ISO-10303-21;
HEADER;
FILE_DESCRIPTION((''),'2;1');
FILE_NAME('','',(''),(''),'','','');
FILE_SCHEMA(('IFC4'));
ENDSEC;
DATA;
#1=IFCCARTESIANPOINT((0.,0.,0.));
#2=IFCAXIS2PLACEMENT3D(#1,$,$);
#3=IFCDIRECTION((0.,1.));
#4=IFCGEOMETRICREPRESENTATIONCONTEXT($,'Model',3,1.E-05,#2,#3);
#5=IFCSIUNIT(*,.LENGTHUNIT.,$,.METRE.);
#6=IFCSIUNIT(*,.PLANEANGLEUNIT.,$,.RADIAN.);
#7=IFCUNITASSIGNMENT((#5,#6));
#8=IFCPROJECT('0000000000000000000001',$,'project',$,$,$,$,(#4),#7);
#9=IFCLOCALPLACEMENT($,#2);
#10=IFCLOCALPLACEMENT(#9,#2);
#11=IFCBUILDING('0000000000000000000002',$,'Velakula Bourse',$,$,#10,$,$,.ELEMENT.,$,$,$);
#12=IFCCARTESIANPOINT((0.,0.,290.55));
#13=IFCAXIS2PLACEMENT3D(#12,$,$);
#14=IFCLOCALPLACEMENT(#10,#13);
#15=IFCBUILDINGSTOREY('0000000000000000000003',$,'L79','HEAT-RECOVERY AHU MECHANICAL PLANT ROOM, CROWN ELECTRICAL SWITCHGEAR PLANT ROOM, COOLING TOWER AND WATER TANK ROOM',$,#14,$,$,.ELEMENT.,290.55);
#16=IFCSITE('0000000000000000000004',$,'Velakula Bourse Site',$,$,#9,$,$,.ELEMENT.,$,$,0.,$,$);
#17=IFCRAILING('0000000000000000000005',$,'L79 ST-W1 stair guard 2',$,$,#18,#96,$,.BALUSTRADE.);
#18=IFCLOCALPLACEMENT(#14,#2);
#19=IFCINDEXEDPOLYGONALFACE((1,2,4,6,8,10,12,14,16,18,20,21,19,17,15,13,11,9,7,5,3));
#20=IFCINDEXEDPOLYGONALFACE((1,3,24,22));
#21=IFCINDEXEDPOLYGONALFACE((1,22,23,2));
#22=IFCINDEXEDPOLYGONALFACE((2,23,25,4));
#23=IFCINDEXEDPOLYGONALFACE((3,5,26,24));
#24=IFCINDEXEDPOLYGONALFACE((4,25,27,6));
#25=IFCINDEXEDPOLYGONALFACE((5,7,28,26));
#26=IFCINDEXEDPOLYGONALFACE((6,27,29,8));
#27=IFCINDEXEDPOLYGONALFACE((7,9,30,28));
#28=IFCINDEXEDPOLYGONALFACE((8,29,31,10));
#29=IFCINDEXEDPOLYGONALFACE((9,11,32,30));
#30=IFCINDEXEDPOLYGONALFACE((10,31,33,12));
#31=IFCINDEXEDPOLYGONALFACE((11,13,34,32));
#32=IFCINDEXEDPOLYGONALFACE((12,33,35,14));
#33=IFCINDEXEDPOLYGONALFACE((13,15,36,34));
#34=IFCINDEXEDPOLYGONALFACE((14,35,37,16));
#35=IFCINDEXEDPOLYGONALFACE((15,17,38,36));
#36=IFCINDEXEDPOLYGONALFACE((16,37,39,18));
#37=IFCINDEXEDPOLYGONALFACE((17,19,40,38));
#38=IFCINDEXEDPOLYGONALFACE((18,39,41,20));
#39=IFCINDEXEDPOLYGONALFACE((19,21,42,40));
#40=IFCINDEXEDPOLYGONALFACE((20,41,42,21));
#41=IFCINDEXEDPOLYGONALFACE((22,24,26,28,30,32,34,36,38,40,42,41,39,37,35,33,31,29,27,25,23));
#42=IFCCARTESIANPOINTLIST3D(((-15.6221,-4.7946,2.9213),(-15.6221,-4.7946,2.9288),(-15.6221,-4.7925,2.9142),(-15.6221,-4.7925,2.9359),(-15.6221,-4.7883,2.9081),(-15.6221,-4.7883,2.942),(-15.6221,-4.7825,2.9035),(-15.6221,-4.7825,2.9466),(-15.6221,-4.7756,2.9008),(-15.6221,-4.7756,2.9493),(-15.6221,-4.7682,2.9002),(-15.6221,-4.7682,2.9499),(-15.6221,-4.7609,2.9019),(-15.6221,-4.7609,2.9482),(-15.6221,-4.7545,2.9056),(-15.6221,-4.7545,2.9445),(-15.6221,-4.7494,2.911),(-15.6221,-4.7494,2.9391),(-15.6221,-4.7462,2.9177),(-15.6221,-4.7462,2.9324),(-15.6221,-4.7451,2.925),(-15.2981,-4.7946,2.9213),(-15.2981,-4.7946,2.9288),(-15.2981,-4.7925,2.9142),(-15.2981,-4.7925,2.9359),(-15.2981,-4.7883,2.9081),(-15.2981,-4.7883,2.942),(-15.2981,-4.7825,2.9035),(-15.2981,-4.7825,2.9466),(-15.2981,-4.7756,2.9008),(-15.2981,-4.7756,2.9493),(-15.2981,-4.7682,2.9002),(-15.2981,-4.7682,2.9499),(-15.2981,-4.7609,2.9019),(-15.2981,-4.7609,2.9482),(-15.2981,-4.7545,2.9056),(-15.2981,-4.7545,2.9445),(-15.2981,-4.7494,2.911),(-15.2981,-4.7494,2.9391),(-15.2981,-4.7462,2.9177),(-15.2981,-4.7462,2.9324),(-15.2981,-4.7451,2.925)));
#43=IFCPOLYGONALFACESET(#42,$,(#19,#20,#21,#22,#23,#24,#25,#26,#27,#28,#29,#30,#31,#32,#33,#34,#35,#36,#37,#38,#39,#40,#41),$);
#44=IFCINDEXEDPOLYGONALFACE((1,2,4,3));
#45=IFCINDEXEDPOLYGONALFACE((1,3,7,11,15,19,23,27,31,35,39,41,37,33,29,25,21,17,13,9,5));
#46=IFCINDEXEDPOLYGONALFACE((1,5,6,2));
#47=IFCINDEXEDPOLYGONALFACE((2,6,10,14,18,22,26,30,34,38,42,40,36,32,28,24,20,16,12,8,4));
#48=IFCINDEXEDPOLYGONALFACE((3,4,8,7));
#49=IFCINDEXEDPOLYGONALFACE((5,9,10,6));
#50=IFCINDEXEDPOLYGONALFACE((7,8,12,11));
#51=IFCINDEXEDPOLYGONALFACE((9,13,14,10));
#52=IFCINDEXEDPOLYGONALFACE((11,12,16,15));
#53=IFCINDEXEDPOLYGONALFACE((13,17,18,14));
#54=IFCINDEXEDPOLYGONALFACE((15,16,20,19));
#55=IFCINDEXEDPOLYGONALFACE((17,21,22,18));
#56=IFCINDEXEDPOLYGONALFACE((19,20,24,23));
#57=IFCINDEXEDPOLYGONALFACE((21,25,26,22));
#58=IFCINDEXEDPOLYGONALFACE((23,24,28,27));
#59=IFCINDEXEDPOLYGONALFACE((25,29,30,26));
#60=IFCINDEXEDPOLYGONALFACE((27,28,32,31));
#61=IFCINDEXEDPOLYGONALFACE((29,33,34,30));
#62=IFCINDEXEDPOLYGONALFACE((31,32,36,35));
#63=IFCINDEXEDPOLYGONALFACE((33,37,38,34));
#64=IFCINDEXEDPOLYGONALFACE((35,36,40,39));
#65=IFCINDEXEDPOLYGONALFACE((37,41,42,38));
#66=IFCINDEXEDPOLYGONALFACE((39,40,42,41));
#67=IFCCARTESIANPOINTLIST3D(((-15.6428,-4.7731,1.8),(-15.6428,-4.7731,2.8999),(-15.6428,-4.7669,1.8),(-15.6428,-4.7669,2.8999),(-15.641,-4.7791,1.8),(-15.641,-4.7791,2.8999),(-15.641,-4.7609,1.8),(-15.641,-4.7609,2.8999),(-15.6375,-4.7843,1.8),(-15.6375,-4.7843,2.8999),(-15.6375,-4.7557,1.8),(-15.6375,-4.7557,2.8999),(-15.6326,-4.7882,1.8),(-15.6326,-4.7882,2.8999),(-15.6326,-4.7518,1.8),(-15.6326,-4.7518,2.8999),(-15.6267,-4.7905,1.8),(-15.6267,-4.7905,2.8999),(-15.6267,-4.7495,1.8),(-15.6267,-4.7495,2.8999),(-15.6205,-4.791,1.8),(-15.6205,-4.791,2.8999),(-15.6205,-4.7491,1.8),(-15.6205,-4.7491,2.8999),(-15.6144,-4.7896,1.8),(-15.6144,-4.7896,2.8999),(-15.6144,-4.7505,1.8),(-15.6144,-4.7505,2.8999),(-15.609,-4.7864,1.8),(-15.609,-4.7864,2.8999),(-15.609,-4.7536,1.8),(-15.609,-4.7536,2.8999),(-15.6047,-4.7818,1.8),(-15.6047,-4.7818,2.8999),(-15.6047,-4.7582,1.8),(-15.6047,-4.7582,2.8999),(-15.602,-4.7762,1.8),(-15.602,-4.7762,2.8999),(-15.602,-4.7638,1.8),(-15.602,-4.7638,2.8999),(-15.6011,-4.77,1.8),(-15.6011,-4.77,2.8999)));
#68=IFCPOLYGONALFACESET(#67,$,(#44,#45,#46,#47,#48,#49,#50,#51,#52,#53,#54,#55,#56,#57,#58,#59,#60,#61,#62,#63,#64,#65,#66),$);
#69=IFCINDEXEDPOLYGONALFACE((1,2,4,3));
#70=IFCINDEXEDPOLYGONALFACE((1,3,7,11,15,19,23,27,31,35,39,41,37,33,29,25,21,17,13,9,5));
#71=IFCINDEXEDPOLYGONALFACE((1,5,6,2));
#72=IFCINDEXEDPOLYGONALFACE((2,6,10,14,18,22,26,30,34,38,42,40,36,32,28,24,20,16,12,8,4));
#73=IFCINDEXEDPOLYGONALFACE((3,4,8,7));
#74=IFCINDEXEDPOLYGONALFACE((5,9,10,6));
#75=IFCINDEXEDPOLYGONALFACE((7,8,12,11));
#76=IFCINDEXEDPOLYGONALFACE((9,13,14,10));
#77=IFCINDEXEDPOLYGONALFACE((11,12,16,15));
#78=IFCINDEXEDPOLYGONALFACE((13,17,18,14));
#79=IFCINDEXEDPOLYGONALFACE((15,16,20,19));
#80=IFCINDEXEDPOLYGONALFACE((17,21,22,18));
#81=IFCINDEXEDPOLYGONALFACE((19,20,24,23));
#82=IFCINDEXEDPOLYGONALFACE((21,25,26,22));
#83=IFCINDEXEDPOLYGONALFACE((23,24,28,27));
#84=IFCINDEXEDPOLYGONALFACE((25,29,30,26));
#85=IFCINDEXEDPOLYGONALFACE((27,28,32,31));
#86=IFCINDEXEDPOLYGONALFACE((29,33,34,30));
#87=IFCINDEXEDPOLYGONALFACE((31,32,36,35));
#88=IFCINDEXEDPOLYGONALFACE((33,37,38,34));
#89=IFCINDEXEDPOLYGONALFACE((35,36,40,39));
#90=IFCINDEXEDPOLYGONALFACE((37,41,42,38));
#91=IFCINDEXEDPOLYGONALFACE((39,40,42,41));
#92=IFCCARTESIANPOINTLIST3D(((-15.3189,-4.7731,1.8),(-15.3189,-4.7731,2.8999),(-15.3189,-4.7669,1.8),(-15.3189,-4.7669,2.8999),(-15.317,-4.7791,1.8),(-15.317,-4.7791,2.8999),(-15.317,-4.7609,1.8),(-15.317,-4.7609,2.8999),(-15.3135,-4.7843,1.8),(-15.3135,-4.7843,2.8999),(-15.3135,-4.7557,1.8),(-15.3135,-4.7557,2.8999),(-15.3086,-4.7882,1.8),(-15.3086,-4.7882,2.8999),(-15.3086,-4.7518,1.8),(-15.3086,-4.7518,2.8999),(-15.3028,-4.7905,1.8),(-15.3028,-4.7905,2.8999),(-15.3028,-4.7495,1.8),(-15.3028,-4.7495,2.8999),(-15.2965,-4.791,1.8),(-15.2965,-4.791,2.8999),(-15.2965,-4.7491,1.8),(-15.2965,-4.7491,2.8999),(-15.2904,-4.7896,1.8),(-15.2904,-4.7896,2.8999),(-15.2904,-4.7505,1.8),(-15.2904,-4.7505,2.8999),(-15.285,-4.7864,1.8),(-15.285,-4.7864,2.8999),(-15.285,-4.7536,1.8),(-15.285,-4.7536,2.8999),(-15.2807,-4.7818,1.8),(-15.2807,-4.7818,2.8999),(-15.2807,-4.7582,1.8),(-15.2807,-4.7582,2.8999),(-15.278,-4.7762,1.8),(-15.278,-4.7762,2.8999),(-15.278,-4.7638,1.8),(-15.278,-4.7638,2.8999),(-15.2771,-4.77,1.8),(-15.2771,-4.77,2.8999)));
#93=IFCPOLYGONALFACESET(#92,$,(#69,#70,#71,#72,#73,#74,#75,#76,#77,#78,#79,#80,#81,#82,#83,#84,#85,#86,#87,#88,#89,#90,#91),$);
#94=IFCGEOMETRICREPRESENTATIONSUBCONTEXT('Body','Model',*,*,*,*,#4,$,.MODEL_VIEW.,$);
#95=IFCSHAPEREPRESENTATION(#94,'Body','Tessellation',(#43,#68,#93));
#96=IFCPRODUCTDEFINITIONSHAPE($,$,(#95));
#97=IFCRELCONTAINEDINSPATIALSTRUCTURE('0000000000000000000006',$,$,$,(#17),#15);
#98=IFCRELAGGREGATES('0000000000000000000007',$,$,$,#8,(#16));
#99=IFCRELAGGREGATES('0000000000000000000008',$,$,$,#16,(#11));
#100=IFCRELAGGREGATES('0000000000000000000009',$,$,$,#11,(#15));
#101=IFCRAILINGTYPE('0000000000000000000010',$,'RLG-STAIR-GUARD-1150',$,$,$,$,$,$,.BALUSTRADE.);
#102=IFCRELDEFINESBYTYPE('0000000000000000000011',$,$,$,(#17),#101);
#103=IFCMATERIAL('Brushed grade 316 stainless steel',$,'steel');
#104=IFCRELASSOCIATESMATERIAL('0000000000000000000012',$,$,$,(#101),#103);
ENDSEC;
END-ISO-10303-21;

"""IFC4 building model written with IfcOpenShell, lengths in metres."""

from ifc_helpers import new_model, si_unit, direction, frame, origin, origin_2d, place, context, subcontext, project, spatial, circle, extrude, material, type_object, element, save


model = new_model("IFC4")

# Units and contexts
model_context = context("Model", 3, precision=1e-05, world=origin(), true_north=direction((0.0, 1.0)))
body_context = subcontext(model_context, "Body", "Model", "MODEL_VIEW")
ifc_project = project(units=[si_unit("LENGTHUNIT", "METRE"), si_unit("PLANEANGLEUNIT", "RADIAN")], contexts=[model_context])

# Site, building, storey
site_placement = place(None, origin())
site = spatial("IfcSite", under=ifc_project, at=site_placement, Name="Velakula Bourse Site", CompositionType="ELEMENT", RefElevation=0.0)
building_placement = place(site_placement, origin())
building = spatial("IfcBuilding", under=site, at=building_placement, Name="Velakula Bourse", CompositionType="ELEMENT")
storey_placement = place(building_placement, frame((0.0, 0.0, 290.55)))
storey = spatial("IfcBuildingStorey", under=building, at=storey_placement, Name="L79", Description="HEAT-RECOVERY AHU MECHANICAL PLANT ROOM, CROWN ELECTRICAL SWITCHGEAR PLANT ROOM, COOLING TOWER AND WATER TANK ROOM", CompositionType="ELEMENT", Elevation=290.55)

# Shared definitions
ifc_material_1 = material(Name="Brushed grade 316 stainless steel", Category="steel")

# Railing
railing_type_1 = type_object("IfcRailingType", Name="RLG-STAIR-GUARD-1150", PredefinedType="BALUSTRADE", material=ifc_material_1)
railing_1_placement = place(storey_placement, frame((-15.6221, -4.77, 1.8)))
element("IfcRailing", 1, at=railing_1_placement, inside=storey, type_object=railing_type_1, Name="L79 ST-W1 stair guard 2", PredefinedType="BALUSTRADE", context=body_context, shape_type="SweptSolid", body=[
    extrude(circle(Radius=0.0249, at=origin_2d()), frame((0.0, 0.0, 1.125), z_axis=(1.0, 0.0, 0.0), x_axis=(0.0, 1.0, 0.0)), (0.0, 0.0, 1.0), 0.324),
    extrude(circle(Radius=0.021, at=origin_2d()), origin(), (0.0, 0.0, 1.0), 1.0999),
    extrude(circle(Radius=0.021, at=origin_2d()), frame((0.324, 0.0, 0.0)), (0.0, 0.0, 1.0), 1.0999),
])

save(model, "model.ifc")
